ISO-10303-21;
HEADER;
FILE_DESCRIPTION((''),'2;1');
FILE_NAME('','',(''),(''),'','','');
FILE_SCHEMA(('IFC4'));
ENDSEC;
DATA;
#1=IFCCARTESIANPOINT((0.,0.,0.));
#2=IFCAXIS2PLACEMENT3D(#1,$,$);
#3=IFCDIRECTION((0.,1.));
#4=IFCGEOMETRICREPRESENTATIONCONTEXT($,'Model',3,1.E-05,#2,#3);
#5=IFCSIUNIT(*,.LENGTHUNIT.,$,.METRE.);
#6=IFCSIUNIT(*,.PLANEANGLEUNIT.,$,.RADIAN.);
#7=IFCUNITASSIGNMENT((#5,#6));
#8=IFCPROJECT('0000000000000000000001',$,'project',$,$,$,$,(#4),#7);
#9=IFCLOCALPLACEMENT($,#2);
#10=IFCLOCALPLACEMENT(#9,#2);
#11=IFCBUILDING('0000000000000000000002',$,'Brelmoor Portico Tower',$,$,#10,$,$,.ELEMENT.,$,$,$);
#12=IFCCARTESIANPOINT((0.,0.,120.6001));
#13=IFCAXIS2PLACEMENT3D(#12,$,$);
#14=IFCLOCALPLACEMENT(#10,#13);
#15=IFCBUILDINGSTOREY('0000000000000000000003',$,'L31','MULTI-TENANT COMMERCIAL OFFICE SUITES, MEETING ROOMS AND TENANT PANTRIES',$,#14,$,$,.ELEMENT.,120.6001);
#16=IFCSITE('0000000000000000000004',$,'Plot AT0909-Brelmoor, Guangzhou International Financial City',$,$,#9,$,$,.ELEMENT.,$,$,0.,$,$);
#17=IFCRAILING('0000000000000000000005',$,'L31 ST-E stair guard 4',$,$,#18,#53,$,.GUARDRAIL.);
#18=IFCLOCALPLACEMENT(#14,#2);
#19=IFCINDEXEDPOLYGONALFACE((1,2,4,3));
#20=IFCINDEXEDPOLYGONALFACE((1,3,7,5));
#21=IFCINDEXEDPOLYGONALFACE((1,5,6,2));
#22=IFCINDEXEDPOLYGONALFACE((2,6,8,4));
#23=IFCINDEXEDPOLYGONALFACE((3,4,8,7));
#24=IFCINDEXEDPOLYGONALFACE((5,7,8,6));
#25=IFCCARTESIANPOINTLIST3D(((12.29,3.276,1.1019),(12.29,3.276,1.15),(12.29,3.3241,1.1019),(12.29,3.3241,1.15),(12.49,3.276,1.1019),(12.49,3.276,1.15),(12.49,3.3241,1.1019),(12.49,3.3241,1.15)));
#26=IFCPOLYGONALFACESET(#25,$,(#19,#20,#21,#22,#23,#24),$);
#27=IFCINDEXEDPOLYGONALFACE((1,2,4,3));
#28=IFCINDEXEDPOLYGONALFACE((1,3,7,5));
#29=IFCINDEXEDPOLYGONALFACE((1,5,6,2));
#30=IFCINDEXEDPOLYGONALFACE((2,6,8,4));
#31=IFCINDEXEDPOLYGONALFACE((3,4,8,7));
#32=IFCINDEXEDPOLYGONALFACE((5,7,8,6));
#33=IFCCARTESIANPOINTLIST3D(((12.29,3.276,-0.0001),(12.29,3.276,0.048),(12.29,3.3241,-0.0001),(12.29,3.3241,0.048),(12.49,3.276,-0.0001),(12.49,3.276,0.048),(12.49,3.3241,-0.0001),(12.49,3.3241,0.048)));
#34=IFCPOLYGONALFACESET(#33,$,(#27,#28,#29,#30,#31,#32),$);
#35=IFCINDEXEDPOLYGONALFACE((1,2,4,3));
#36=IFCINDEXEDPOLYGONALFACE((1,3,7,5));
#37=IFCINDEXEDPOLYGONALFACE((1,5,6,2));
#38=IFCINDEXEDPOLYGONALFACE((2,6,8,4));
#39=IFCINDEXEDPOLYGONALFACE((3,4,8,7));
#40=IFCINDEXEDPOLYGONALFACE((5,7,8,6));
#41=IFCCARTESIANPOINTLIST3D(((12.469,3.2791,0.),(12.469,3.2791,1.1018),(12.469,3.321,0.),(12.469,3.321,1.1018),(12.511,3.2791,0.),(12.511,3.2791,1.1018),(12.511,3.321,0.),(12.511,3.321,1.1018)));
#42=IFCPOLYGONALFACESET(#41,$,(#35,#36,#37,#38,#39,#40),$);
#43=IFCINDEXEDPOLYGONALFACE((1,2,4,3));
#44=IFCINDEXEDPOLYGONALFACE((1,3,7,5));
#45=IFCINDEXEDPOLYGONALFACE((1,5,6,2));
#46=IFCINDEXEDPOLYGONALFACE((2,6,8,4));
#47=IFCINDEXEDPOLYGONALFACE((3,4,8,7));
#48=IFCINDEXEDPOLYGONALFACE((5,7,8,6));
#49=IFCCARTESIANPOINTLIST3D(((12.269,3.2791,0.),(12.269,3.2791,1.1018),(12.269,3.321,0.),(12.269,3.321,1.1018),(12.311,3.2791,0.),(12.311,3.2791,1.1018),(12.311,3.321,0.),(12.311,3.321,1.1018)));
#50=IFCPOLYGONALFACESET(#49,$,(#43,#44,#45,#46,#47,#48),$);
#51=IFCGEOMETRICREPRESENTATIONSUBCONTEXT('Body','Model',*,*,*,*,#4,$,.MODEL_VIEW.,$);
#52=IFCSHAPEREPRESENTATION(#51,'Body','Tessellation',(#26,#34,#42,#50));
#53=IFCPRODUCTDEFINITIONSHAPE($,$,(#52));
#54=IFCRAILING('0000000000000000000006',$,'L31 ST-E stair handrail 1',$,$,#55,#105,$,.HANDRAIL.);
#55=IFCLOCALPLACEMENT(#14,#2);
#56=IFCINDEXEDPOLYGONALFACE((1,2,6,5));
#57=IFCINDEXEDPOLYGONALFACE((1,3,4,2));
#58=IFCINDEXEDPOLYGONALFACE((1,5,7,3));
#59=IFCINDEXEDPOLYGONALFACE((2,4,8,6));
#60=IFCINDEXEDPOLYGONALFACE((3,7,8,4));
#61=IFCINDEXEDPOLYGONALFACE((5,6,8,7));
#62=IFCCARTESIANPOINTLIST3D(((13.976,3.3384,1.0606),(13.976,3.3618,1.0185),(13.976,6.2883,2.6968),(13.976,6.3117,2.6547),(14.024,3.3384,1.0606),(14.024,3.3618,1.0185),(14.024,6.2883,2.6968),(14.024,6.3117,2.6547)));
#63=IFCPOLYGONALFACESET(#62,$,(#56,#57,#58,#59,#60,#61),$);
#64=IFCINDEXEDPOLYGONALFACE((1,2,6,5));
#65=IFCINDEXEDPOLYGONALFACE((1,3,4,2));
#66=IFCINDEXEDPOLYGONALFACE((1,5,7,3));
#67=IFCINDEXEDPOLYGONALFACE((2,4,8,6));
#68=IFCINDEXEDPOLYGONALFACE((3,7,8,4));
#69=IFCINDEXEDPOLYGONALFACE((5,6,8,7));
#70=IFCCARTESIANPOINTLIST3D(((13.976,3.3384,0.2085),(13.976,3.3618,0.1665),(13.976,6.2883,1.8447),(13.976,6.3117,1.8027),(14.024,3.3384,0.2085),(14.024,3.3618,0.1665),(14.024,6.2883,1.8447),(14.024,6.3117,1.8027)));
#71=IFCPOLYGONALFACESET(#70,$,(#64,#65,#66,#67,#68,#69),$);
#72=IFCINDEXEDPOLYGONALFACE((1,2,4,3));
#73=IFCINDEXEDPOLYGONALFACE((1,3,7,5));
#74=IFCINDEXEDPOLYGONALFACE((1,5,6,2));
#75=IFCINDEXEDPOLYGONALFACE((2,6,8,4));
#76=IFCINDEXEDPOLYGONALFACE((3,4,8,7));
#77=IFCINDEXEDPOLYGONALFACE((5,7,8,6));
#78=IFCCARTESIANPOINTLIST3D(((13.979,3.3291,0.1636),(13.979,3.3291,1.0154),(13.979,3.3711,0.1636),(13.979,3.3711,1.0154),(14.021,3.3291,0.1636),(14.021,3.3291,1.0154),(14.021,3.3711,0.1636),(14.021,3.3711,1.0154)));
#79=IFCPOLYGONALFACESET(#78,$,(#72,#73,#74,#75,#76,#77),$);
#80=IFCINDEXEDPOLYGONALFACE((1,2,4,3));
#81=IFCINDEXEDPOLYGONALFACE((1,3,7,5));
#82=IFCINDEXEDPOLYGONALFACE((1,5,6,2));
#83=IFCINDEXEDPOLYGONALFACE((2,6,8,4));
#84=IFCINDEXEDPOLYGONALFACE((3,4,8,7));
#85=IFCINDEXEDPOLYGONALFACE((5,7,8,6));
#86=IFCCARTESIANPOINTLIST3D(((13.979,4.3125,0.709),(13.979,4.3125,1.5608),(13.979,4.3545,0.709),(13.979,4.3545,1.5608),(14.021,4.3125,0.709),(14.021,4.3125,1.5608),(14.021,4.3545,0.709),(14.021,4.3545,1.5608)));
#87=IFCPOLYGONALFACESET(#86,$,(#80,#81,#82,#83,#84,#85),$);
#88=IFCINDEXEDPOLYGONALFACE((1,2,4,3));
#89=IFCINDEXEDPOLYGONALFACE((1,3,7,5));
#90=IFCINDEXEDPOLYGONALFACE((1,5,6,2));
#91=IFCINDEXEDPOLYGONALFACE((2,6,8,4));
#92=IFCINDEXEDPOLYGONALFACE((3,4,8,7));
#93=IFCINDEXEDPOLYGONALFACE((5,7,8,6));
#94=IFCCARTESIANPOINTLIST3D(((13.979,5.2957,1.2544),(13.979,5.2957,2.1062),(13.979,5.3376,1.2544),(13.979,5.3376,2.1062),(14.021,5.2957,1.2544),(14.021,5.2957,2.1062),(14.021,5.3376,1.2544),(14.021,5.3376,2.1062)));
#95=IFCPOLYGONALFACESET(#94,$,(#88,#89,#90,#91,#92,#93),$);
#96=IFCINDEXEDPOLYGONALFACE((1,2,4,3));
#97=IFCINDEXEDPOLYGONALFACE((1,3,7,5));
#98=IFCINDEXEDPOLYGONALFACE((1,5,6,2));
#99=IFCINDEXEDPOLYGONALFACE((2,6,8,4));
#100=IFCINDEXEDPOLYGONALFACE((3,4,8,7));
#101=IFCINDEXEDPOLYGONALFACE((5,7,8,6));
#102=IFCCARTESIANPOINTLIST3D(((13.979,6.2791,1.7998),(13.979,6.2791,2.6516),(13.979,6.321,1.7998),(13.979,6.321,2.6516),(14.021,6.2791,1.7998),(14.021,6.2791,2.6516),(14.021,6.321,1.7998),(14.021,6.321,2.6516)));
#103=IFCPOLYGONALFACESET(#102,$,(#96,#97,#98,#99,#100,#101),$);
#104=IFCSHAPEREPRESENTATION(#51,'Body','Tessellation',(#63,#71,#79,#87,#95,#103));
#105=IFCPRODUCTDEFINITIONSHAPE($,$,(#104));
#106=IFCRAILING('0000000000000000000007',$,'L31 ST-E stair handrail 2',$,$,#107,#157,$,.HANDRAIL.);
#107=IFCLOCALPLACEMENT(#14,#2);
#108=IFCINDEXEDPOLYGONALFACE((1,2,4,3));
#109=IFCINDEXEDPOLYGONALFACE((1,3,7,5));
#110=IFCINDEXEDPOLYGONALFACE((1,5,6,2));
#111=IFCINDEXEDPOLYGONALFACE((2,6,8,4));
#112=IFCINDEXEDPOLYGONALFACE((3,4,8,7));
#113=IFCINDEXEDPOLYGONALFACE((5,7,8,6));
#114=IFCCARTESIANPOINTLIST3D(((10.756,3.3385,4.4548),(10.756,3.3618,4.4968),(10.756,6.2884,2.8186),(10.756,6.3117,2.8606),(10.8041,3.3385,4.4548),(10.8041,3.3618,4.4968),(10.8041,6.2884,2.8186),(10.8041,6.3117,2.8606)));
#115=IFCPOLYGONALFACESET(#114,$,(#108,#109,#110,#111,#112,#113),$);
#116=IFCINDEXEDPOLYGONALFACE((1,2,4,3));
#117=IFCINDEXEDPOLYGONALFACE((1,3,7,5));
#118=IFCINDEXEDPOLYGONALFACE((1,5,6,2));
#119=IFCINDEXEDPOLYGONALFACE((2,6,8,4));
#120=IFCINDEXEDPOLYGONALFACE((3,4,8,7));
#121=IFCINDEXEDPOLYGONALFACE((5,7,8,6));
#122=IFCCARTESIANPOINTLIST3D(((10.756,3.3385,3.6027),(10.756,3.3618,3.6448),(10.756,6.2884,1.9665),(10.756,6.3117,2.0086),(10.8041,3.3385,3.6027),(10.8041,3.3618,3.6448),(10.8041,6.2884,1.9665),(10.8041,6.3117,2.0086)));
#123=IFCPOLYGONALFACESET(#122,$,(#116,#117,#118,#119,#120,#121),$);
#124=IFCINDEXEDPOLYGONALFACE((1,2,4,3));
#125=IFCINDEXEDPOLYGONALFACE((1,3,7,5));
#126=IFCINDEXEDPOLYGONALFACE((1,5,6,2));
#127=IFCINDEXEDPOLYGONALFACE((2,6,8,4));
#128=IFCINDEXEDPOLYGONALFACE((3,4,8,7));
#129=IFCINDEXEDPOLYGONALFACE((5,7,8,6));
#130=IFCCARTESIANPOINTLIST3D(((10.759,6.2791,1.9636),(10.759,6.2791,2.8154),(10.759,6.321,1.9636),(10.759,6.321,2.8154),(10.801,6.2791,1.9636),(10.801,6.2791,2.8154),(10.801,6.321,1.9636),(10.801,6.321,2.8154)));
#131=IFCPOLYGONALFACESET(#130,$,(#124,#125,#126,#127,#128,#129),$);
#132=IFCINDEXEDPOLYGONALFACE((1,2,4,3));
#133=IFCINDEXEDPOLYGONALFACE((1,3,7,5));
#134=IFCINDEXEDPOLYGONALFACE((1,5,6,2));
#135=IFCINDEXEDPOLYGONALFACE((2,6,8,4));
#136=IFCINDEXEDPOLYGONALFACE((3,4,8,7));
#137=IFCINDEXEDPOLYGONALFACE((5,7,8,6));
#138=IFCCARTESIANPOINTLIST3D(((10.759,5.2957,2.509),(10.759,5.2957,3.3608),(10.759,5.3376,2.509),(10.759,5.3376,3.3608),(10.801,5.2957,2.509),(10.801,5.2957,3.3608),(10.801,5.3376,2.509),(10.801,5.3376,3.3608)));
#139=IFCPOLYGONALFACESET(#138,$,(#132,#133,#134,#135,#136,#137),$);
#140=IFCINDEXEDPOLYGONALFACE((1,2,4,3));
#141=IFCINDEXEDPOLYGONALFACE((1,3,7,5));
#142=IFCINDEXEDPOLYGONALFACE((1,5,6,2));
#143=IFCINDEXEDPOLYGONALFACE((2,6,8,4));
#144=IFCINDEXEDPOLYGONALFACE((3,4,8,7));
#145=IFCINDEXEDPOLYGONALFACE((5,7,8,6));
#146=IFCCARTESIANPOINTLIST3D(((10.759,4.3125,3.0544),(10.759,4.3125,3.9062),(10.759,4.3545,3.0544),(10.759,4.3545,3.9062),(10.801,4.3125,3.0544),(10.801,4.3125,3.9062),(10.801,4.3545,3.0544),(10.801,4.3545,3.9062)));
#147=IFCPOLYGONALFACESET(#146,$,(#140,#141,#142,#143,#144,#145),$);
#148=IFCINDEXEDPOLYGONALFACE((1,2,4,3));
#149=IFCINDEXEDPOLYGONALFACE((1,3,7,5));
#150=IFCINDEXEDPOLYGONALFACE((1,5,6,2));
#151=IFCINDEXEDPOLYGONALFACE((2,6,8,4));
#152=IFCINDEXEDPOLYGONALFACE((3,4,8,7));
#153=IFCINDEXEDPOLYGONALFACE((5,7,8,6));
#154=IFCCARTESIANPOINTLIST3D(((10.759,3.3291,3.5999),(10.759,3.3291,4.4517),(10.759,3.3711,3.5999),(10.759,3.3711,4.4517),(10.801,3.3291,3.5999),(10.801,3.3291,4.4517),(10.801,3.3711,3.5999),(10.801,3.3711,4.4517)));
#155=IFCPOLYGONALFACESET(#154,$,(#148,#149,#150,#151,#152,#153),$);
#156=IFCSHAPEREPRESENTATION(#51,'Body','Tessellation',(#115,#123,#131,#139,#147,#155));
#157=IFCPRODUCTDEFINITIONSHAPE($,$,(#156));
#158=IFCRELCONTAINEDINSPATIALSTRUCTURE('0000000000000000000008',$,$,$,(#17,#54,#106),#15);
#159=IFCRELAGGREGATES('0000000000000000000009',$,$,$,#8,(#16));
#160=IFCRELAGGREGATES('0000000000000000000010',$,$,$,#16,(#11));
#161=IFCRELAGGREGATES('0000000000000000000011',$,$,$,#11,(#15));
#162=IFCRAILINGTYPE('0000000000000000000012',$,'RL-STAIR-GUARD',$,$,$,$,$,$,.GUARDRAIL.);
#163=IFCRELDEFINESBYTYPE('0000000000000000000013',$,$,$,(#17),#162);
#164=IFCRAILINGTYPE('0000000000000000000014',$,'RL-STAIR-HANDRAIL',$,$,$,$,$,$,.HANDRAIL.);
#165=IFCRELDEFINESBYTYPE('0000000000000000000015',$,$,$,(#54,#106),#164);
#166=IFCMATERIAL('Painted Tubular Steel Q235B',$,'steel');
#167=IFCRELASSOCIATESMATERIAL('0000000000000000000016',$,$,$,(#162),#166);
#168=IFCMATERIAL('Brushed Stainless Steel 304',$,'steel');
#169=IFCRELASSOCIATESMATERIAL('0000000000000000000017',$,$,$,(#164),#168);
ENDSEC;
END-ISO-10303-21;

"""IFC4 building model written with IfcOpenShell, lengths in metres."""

from ifc_helpers import new_model, si_unit, direction, frame, origin, origin_2d, place, context, subcontext, project, spatial, rectangle, extrude, material, type_object, element, save


model = new_model("IFC4")

# Units and contexts
model_context = context("Model", 3, precision=1e-05, world=origin(), true_north=direction((0.0, 1.0)))
body_context = subcontext(model_context, "Body", "Model", "MODEL_VIEW")
ifc_project = project(units=[si_unit("LENGTHUNIT", "METRE"), si_unit("PLANEANGLEUNIT", "RADIAN")], contexts=[model_context])

# Site, building, storey
site_placement = place(None, origin())
site = spatial("IfcSite", under=ifc_project, at=site_placement, Name="Plot AT0909-Brelmoor, Guangzhou International Financial City", CompositionType="ELEMENT", RefElevation=0.0)
building_placement = place(site_placement, origin())
building = spatial("IfcBuilding", under=site, at=building_placement, Name="Brelmoor Portico Tower", CompositionType="ELEMENT")
storey_placement = place(building_placement, frame((0.0, 0.0, 120.6001)))
storey = spatial("IfcBuildingStorey", under=building, at=storey_placement, Name="L31", Description="MULTI-TENANT COMMERCIAL OFFICE SUITES, MEETING ROOMS AND TENANT PANTRIES", CompositionType="ELEMENT", Elevation=120.6001)

# Railings
ifc_material_1 = material(Name="Painted Tubular Steel Q235B", Category="steel")
railing_type_1 = type_object("IfcRailingType", Name="RL-STAIR-GUARD", PredefinedType="GUARDRAIL", material=ifc_material_1)
railing_1_placement = place(storey_placement, frame((12.49, 3.3, 0.0)))
element("IfcRailing", 1, at=railing_1_placement, inside=storey, type_object=railing_type_1, Name="L31 ST-E stair guard 4", PredefinedType="GUARDRAIL", context=body_context, shape_type="SweptSolid", body=[
    extrude(rectangle(XDim=0.0481, YDim=0.0481, at=origin_2d()), frame((0.0, 0.0, 1.126), z_axis=(-1.0, 0.0, 0.0), x_axis=(0.0, -1.0, 0.0)), (0.0, 0.0, 1.0), 0.2),
    extrude(rectangle(XDim=0.0481, YDim=0.0481, at=origin_2d()), frame((0.0, 0.0, 0.0239), z_axis=(-1.0, 0.0, 0.0), x_axis=(0.0, -1.0, 0.0)), (0.0, 0.0, 1.0), 0.2),
    extrude(rectangle(XDim=0.042, YDim=0.042, at=origin_2d()), origin(), (0.0, 0.0, 1.0), 1.1018),
    extrude(rectangle(XDim=0.042, YDim=0.042, at=origin_2d()), frame((-0.2, 0.0, 0.0)), (0.0, 0.0, 1.0), 1.1018),
])
ifc_material_2 = material(Name="Brushed Stainless Steel 304", Category="steel")
railing_type_2 = type_object("IfcRailingType", Name="RL-STAIR-HANDRAIL", PredefinedType="HANDRAIL", material=ifc_material_2)
railing_2_placement = place(storey_placement, frame((14.0, 3.3501, 0.1636)))
element("IfcRailing", 2, at=railing_2_placement, inside=storey, type_object=railing_type_2, Name="L31 ST-E stair handrail 1", PredefinedType="HANDRAIL", context=body_context, shape_type="SweptSolid", body=[
    extrude(rectangle(XDim=0.0481, YDim=0.0481, at=origin_2d()), frame((0.0, 0.0, 0.876), z_axis=(0.0, 0.874488, 0.485047), x_axis=(-1.0, 0.0, 0.0)), (0.0, 0.0, 1.0), 3.3733),
    extrude(rectangle(XDim=0.0481, YDim=0.0481, at=origin_2d()), frame((0.0, 0.0, 0.0239), z_axis=(0.0, 0.874488, 0.485047), x_axis=(-1.0, 0.0, 0.0)), (0.0, 0.0, 1.0), 3.3733),
    extrude(rectangle(XDim=0.042, YDim=0.042, at=origin_2d()), origin(), (0.0, 0.0, 1.0), 0.8518),
    extrude(rectangle(XDim=0.042, YDim=0.042, at=origin_2d()), frame((0.0, 0.9834, 0.5454)), (0.0, 0.0, 1.0), 0.8518),
    extrude(rectangle(XDim=0.042, YDim=0.042, at=origin_2d()), frame((0.0, 1.9666, 1.0908)), (0.0, 0.0, 1.0), 0.8518),
    extrude(rectangle(XDim=0.042, YDim=0.042, at=origin_2d()), frame((0.0, 2.95, 1.6362)), (0.0, 0.0, 1.0), 0.8518),
])
railing_3_placement = place(storey_placement, frame((10.78, 6.3, 1.9636)))
element("IfcRailing", 3, at=railing_3_placement, inside=storey, type_object=railing_type_2, Name="L31 ST-E stair handrail 2", PredefinedType="HANDRAIL", context=body_context, shape_type="SweptSolid", body=[
    extrude(rectangle(XDim=0.0481, YDim=0.0481, at=origin_2d()), frame((0.0, 0.0, 0.876), z_axis=(0.0, -0.874488, 0.485047), x_axis=(1.0, 0.0, 0.0)), (0.0, 0.0, 1.0), 3.3733),
    extrude(rectangle(XDim=0.0481, YDim=0.0481, at=origin_2d()), frame((0.0, 0.0, 0.0239), z_axis=(0.0, -0.874488, 0.485047), x_axis=(1.0, 0.0, 0.0)), (0.0, 0.0, 1.0), 3.3733),
    extrude(rectangle(XDim=0.042, YDim=0.042, at=origin_2d()), origin(), (0.0, 0.0, 1.0), 0.8518),
    extrude(rectangle(XDim=0.042, YDim=0.042, at=origin_2d()), frame((0.0, -0.9834, 0.5454)), (0.0, 0.0, 1.0), 0.8518),
    extrude(rectangle(XDim=0.042, YDim=0.042, at=origin_2d()), frame((0.0, -1.9666, 1.0908)), (0.0, 0.0, 1.0), 0.8518),
    extrude(rectangle(XDim=0.042, YDim=0.042, at=origin_2d()), frame((0.0, -2.95, 1.6362)), (0.0, 0.0, 1.0), 0.8518),
])

save(model, "model.ifc")
